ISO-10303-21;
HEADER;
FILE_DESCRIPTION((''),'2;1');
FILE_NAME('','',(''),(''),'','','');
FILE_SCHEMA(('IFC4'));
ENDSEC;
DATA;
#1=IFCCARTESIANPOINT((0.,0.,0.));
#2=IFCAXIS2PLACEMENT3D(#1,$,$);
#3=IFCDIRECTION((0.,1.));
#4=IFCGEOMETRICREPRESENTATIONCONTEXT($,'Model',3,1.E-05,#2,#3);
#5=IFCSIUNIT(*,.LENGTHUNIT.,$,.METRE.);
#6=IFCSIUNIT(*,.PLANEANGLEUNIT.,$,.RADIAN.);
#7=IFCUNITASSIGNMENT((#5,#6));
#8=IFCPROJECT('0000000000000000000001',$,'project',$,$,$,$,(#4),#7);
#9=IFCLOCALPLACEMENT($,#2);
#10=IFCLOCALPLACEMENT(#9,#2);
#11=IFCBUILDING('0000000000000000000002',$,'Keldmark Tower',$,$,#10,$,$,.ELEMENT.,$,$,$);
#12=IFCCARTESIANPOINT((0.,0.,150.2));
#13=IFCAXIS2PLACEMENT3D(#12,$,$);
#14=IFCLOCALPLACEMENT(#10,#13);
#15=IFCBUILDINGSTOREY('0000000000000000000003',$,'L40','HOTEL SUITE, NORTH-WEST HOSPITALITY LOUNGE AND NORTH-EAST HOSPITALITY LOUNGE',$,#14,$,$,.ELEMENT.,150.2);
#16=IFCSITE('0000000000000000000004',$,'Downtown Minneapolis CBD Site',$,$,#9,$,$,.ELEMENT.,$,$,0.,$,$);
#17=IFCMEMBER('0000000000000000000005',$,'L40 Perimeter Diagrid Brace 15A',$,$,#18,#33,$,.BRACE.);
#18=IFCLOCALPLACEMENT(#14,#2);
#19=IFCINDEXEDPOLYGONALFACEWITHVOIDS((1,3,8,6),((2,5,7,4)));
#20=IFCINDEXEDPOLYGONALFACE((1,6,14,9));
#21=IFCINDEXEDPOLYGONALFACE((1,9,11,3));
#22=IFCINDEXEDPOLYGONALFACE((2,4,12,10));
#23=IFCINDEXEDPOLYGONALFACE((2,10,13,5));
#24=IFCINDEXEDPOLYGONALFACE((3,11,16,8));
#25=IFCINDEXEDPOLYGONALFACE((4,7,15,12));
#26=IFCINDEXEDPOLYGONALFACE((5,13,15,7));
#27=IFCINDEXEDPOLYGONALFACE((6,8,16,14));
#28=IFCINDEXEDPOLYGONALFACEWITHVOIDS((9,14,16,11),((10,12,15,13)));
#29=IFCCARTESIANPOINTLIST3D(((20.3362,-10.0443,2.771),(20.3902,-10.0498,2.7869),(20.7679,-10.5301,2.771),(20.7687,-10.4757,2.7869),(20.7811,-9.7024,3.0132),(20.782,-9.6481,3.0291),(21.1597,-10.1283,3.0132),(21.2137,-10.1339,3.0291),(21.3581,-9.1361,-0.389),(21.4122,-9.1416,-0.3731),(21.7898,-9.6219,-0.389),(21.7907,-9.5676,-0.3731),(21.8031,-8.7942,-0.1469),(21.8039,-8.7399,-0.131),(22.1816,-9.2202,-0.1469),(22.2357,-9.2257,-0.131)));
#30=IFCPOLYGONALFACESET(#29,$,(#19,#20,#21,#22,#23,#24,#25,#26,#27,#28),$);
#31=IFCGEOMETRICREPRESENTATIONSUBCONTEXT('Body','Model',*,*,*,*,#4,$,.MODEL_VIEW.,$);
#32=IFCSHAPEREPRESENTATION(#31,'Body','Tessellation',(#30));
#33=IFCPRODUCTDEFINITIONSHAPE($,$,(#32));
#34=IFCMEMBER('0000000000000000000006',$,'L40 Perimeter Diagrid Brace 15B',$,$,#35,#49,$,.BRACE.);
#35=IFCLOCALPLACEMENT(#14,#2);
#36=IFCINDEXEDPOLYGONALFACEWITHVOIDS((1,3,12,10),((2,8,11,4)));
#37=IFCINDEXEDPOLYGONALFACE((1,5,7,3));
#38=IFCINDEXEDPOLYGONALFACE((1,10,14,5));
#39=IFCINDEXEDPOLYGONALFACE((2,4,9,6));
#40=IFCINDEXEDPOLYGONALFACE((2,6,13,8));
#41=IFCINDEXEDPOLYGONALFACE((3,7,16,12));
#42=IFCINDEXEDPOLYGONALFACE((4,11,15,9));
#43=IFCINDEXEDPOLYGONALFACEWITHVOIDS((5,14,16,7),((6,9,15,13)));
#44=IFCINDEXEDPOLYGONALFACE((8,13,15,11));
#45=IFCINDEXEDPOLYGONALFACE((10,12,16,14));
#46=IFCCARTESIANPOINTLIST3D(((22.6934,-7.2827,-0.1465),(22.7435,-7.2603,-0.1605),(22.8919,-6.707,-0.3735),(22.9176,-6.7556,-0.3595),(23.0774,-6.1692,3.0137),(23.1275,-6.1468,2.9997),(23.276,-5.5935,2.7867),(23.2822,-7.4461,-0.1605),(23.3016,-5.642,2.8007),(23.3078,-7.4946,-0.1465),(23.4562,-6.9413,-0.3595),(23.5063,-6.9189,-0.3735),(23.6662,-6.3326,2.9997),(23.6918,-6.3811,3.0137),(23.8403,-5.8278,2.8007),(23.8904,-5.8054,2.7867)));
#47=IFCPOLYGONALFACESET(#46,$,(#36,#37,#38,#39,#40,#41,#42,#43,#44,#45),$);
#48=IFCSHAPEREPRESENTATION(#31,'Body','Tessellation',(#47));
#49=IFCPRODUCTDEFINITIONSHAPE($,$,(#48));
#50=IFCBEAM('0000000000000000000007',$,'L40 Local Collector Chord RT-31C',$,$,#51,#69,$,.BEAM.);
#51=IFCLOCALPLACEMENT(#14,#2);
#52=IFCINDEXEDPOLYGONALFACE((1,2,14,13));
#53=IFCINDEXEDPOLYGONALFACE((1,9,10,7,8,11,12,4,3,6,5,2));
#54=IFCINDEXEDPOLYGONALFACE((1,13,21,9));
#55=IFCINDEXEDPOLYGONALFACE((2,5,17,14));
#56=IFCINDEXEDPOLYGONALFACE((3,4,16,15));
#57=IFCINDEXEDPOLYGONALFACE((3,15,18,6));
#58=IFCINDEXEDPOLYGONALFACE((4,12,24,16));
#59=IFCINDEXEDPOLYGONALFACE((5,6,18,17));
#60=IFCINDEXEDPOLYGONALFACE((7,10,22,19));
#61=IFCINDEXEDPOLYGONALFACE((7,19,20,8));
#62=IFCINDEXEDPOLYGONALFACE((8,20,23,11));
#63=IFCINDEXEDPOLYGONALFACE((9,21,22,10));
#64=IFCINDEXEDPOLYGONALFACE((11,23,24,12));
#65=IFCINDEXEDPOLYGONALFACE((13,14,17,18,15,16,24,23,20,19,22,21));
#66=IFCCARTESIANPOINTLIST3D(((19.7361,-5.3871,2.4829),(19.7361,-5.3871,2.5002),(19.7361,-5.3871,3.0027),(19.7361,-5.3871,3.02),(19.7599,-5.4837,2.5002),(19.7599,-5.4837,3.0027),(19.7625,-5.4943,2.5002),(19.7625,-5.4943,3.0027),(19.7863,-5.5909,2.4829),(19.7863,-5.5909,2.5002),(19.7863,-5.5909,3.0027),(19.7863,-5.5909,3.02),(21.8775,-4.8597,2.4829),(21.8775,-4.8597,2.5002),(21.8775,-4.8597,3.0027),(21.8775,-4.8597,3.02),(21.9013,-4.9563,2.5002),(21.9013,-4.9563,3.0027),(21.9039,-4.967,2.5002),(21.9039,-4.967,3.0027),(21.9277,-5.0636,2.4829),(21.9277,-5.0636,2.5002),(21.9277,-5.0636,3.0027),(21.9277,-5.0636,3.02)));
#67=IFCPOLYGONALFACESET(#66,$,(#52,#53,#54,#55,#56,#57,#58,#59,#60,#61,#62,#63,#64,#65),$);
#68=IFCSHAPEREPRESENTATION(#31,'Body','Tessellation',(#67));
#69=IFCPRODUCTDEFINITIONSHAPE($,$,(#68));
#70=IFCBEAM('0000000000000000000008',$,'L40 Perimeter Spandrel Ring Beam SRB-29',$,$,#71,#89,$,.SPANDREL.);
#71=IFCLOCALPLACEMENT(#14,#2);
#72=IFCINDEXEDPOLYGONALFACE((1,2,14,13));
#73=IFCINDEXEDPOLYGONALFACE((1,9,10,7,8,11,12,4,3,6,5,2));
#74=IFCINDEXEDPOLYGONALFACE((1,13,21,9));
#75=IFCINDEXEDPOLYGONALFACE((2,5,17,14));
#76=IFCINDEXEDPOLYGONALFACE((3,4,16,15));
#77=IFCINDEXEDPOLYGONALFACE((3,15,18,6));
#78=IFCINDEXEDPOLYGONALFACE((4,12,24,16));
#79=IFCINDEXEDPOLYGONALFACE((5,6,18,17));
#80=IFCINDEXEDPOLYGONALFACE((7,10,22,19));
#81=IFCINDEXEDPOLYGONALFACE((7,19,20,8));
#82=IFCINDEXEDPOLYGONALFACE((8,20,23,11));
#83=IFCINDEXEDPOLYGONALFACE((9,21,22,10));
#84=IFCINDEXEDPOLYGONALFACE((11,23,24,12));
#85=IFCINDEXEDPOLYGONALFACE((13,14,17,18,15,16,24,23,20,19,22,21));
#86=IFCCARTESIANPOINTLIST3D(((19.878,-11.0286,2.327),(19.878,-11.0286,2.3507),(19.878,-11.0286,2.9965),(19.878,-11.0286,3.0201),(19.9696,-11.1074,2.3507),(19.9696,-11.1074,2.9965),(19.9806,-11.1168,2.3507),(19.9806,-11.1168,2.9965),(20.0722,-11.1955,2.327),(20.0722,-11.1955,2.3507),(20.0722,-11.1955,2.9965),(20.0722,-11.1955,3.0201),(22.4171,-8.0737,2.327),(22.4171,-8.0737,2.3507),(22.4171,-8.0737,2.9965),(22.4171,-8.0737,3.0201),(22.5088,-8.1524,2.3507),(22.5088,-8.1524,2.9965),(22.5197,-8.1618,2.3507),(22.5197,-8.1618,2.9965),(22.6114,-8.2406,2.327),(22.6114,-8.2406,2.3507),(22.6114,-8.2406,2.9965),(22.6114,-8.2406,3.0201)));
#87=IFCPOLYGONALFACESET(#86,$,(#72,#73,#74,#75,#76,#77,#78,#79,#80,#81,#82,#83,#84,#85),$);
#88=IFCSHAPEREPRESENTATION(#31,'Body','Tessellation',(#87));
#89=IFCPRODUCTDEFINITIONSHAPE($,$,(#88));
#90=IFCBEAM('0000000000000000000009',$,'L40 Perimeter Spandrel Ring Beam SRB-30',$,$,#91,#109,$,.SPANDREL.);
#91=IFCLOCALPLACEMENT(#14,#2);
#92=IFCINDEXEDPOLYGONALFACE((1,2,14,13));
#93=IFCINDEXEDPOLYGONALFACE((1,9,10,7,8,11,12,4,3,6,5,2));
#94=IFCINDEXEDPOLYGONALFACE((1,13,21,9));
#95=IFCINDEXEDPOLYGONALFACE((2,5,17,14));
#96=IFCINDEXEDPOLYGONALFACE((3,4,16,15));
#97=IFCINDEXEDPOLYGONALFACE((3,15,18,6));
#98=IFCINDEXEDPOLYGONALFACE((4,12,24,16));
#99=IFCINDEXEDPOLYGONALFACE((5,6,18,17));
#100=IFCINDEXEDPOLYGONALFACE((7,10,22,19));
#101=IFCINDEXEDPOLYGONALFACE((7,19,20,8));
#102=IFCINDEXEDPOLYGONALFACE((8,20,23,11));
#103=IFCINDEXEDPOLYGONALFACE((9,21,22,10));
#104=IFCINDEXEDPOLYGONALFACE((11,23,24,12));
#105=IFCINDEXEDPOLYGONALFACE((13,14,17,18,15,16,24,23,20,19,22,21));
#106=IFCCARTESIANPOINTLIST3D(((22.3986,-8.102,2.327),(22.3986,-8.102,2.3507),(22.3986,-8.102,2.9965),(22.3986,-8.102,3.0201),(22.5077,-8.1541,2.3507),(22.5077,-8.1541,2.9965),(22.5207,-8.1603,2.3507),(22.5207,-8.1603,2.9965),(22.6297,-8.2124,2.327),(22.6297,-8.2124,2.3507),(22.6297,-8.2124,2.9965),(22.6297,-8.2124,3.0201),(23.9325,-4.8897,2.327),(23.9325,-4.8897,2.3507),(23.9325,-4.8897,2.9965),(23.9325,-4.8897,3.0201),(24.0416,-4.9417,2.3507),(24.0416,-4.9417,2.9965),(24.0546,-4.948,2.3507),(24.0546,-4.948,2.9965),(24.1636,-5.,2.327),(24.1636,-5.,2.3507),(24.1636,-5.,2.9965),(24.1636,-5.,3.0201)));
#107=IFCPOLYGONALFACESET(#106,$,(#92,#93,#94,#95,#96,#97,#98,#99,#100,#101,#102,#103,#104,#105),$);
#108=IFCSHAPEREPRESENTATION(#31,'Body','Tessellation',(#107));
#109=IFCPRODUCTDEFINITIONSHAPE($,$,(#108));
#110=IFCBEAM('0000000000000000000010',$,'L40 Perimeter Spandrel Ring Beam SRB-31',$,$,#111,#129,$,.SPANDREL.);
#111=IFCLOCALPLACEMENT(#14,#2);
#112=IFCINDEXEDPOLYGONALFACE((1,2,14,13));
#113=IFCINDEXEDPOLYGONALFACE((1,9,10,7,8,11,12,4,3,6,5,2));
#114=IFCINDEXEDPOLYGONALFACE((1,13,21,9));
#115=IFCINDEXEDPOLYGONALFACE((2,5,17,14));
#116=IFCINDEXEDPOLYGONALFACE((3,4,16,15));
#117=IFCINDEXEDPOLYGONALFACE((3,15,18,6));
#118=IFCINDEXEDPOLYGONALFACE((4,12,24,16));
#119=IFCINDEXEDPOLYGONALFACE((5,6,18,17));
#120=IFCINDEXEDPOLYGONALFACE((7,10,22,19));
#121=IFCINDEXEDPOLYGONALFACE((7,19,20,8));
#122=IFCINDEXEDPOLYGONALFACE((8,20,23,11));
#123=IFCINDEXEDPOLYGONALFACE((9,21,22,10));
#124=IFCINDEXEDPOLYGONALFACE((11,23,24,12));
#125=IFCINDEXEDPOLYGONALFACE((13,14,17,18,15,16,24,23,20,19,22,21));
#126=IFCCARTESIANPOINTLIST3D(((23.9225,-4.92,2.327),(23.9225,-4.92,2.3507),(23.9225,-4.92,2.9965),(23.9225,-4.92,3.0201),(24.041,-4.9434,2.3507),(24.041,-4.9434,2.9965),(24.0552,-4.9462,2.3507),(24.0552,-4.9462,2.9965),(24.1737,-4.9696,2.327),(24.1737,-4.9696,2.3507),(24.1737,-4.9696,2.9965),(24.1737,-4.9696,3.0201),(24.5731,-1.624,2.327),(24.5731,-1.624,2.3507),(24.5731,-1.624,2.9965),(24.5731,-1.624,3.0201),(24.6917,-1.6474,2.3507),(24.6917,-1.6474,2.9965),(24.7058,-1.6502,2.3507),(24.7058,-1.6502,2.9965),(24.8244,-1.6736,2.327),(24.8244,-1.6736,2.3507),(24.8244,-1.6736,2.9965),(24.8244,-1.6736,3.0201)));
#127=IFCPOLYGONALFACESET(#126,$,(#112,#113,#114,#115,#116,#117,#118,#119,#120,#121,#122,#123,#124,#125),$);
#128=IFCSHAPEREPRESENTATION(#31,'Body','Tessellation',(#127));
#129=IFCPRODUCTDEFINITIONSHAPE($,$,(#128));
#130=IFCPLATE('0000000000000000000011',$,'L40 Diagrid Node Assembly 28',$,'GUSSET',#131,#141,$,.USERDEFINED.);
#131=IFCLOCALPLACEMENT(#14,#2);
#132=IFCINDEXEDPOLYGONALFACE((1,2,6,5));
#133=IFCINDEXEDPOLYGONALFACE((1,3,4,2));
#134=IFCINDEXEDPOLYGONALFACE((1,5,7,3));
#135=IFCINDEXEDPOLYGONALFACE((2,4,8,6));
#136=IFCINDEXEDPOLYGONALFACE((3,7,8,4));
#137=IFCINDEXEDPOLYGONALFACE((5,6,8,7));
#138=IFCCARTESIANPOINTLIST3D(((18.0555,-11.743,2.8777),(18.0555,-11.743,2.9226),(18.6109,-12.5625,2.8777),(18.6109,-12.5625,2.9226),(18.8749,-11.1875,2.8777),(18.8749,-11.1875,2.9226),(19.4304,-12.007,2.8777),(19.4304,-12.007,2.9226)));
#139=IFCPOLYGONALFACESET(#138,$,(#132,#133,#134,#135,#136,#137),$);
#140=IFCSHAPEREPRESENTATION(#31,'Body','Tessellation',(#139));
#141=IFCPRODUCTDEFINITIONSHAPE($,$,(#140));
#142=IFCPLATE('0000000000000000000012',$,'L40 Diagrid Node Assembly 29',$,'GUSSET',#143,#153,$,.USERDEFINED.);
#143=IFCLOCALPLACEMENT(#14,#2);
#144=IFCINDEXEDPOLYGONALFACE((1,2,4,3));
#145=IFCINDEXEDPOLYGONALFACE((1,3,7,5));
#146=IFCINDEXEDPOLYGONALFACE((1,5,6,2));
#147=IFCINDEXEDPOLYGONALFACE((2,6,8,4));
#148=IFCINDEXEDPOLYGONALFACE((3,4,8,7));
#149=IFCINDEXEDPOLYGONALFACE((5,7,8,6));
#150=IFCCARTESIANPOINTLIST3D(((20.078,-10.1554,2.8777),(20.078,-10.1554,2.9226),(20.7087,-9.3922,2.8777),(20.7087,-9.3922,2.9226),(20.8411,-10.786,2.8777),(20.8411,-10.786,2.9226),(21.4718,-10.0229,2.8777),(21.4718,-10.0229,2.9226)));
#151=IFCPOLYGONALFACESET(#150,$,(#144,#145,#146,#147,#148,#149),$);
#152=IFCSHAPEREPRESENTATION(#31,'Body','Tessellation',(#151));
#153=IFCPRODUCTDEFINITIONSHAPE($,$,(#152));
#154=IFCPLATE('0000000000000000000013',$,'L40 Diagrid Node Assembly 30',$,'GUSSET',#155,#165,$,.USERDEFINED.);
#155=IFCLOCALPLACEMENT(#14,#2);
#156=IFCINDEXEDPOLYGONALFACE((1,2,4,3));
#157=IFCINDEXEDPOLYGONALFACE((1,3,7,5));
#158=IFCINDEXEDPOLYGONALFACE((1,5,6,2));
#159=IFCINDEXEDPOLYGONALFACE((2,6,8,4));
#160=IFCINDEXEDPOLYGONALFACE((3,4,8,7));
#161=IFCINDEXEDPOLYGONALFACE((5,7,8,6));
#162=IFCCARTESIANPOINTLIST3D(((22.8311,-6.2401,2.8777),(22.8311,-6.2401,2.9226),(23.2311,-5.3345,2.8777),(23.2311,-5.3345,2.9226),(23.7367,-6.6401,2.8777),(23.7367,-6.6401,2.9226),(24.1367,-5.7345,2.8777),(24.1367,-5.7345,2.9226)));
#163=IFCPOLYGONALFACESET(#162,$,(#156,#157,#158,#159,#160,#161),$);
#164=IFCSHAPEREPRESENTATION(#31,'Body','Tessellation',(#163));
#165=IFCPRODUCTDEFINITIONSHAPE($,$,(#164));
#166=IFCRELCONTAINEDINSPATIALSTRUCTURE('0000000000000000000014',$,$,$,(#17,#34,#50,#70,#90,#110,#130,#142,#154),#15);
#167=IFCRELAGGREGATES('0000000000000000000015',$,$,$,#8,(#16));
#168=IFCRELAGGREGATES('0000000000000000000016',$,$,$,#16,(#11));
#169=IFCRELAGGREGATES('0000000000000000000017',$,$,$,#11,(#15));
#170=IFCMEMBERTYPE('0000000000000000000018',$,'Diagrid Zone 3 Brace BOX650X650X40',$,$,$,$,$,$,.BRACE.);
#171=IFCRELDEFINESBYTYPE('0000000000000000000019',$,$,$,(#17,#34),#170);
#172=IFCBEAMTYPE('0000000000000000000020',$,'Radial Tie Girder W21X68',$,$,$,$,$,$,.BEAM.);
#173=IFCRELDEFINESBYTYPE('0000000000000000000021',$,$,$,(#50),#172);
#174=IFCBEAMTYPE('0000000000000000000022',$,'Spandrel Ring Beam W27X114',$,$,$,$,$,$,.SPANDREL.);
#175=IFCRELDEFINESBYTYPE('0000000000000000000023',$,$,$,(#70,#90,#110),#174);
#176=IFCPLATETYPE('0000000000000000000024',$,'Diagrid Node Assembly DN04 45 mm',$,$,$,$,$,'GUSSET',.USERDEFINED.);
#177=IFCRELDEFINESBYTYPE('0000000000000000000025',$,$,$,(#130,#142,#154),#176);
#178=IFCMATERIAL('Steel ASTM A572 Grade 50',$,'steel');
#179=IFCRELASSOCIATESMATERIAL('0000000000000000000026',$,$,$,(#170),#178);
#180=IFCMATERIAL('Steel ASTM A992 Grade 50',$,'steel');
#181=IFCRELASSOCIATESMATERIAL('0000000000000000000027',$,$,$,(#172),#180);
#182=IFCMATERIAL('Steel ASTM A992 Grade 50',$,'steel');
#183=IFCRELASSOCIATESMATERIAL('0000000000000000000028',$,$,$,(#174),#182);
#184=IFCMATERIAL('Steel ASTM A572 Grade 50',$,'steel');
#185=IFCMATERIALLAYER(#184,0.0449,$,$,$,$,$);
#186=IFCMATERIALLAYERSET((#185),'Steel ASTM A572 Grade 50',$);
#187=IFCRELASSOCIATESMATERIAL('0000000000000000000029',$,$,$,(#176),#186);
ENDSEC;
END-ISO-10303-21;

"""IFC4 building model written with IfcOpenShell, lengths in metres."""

from ifc_helpers import new_model, si_unit, direction, frame, origin, origin_2d, place, context, subcontext, project, spatial, rectangle, hollow_rectangle, i_section, extrude, material, layer, layer_set, material_profile, profile_set, type_object, element, save


model = new_model("IFC4")

# Units and contexts
model_context = context("Model", 3, precision=1e-05, world=origin(), true_north=direction((0.0, 1.0)))
body_context = subcontext(model_context, "Body", "Model", "MODEL_VIEW")
ifc_project = project(units=[si_unit("LENGTHUNIT", "METRE"), si_unit("PLANEANGLEUNIT", "RADIAN")], contexts=[model_context])

# Site, building, storey
site_placement = place(None, origin())
site = spatial("IfcSite", under=ifc_project, at=site_placement, Name="Downtown Minneapolis CBD Site", CompositionType="ELEMENT", RefElevation=0.0)
building_placement = place(site_placement, origin())
building = spatial("IfcBuilding", under=site, at=building_placement, Name="Keldmark Tower", CompositionType="ELEMENT")
storey_placement = place(building_placement, frame((0.0, 0.0, 150.2)))
storey = spatial("IfcBuildingStorey", under=building, at=storey_placement, Name="L40", Description="HOTEL SUITE, NORTH-WEST HOSPITALITY LOUNGE AND NORTH-EAST HOSPITALITY LOUNGE", CompositionType="ELEMENT", Elevation=150.2)

# Members
ifc_material_1 = material(Name="Steel ASTM A572 Grade 50", Category="steel")
ifc_material_profile_1 = material_profile(ifc_material_1, hollow_rectangle(XDim=0.6499, YDim=0.6499, WallThickness=0.04, at=origin_2d()), Name="BOX650X650X40")
ifc_profile_set_1 = profile_set([ifc_material_profile_1], Name="Steel ASTM A572 Grade 50")
member_type = type_object("IfcMemberType", Name="Diagrid Zone 3 Brace BOX650X650X40", PredefinedType="BRACE", material=ifc_profile_set_1)
member_1_placement = place(storey_placement, frame((21.7969, -9.1809, -0.26), z_axis=(-0.296806, -0.263765, 0.917788), x_axis=(0.664275, -0.747488, 0.0)))
element("IfcMember", 1, at=member_1_placement, inside=storey, type_object=member_type, Name="L40 Perimeter Diagrid Brace 15A", PredefinedType="BRACE", context=body_context, shape_type="SweptSolid", body=[
    extrude(hollow_rectangle(XDim=0.6499, YDim=0.6499, WallThickness=0.04, at=origin_2d()), origin(), (0.0, 0.0, 1.0), 3.4431),
])
member_2_placement = place(storey_placement, frame((23.0999, -7.1008, -0.26), z_axis=(0.113871, 0.330174, 0.937026), x_axis=(-0.945358, 0.326035, 0.0)))
element("IfcMember", 2, at=member_2_placement, inside=storey, type_object=member_type, Name="L40 Perimeter Diagrid Brace 15B", PredefinedType="BRACE", context=body_context, shape_type="SweptSolid", body=[
    extrude(hollow_rectangle(XDim=0.6499, YDim=0.6499, WallThickness=0.04, at=origin_2d()), origin(), (0.0, 0.0, 1.0), 3.3726),
])

# Beams
ifc_material_2 = material(Name="Steel ASTM A992 Grade 50", Category="steel")
ifc_material_profile_2 = material_profile(ifc_material_2, i_section(OverallWidth=0.21, OverallDepth=0.5371, WebThickness=0.011, FlangeThickness=0.0173, at=origin_2d()), Name="W21X68")
ifc_profile_set_2 = profile_set([ifc_material_profile_2], Name="Steel ASTM A992 Grade 50")
beam_type_1 = type_object("IfcBeamType", Name="Radial Tie Girder W21X68", PredefinedType="BEAM", material=ifc_profile_set_2)
beam_1_placement = place(storey_placement, frame((19.7612, -5.489, 2.7515), z_axis=(0.97099, 0.239122, 0.0), x_axis=(-0.239122, 0.97099, 0.0)))
element("IfcBeam", 3, at=beam_1_placement, inside=storey, type_object=beam_type_1, Name="L40 Local Collector Chord RT-31C", PredefinedType="BEAM", context=body_context, shape_type="SweptSolid", body=[
    extrude(i_section(OverallWidth=0.21, OverallDepth=0.5371, WebThickness=0.011, FlangeThickness=0.0173, at=origin_2d()), origin(), (0.0, 0.0, 1.0), 2.2053),
])
ifc_material_3 = material(Name="Steel ASTM A992 Grade 50", Category="steel")
ifc_material_profile_3 = material_profile(ifc_material_3, i_section(OverallWidth=0.2561, OverallDepth=0.6931, WebThickness=0.0144, FlangeThickness=0.0237, at=origin_2d()), Name="W27X114")
ifc_profile_set_3 = profile_set([ifc_material_profile_3], Name="Steel ASTM A992 Grade 50")
beam_type_2 = type_object("IfcBeamType", Name="Spandrel Ring Beam W27X114", PredefinedType="SPANDREL", material=ifc_profile_set_3)
beam_2_placement = place(storey_placement, frame((19.9751, -11.1121, 2.6736), z_axis=(0.65173, 0.758451, 0.0), x_axis=(-0.758451, 0.65173, 0.0)))
element("IfcBeam", 4, at=beam_2_placement, inside=storey, type_object=beam_type_2, Name="L40 Perimeter Spandrel Ring Beam SRB-29", PredefinedType="SPANDREL", context=body_context, shape_type="SweptSolid", body=[
    extrude(i_section(OverallWidth=0.2561, OverallDepth=0.6931, WebThickness=0.0144, FlangeThickness=0.0237, at=origin_2d()), origin(), (0.0, 0.0, 1.0), 3.896),
])
beam_3_placement = place(storey_placement, frame((22.5142, -8.1572, 2.6736), z_axis=(0.4309, 0.9024, 0.0), x_axis=(-0.9024, 0.4309, 0.0)))
element("IfcBeam", 5, at=beam_3_placement, inside=storey, type_object=beam_type_2, Name="L40 Perimeter Spandrel Ring Beam SRB-30", PredefinedType="SPANDREL", context=body_context, shape_type="SweptSolid", body=[
    extrude(i_section(OverallWidth=0.2561, OverallDepth=0.6931, WebThickness=0.0144, FlangeThickness=0.0237, at=origin_2d()), origin(), (0.0, 0.0, 1.0), 3.5598),
])
beam_4_placement = place(storey_placement, frame((24.0481, -4.9448, 2.6736), z_axis=(0.19367, 0.981067, 0.0), x_axis=(-0.981067, 0.19367, 0.0)))
element("IfcBeam", 6, at=beam_4_placement, inside=storey, type_object=beam_type_2, Name="L40 Perimeter Spandrel Ring Beam SRB-31", PredefinedType="SPANDREL", context=body_context, shape_type="SweptSolid", body=[
    extrude(i_section(OverallWidth=0.2561, OverallDepth=0.6931, WebThickness=0.0144, FlangeThickness=0.0237, at=origin_2d()), origin(), (0.0, 0.0, 1.0), 3.3596),
])

# Plates
ifc_material_4 = material(Name="Steel ASTM A572 Grade 50", Category="steel")
ifc_layer_1 = layer(ifc_material_4, 0.0449)
ifc_layer_set_1 = layer_set([ifc_layer_1], Name="Steel ASTM A572 Grade 50")
plate_type = type_object("IfcPlateType", Name="Diagrid Node Assembly DN04 45 mm", ElementType="GUSSET", PredefinedType="USERDEFINED", material=ifc_layer_set_1)
for number, where, z_axis, x_axis, name in (
    (7, (18.7429, -11.875, 2.8777), (0.0, 0.0, 1.0), (0.827767, 0.561072, 0.0), "L40 Diagrid Node Assembly 28"),
    (8, (20.7749, -10.0891, 2.8777), (0.0, 0.0, 1.0), (0.63702, 0.770847, 0.0), "L40 Diagrid Node Assembly 29"),
    (9, (23.4839, -5.9873, 2.8777), (0.0, 0.0, 1.0), (0.404024, 0.914748, 0.0), "L40 Diagrid Node Assembly 30"),
):
    element("IfcPlate", number, at=place(storey_placement, frame(where, z_axis=z_axis, x_axis=x_axis)), inside=storey, type_object=plate_type, Name=name, ObjectType="GUSSET", PredefinedType="USERDEFINED", context=body_context, shape_type="SweptSolid", body=[
        extrude(rectangle(XDim=0.99, YDim=0.99, at=origin_2d()), origin(), (0.0, 0.0, 1.0), 0.0449),
    ])

save(model, "model.ifc")
